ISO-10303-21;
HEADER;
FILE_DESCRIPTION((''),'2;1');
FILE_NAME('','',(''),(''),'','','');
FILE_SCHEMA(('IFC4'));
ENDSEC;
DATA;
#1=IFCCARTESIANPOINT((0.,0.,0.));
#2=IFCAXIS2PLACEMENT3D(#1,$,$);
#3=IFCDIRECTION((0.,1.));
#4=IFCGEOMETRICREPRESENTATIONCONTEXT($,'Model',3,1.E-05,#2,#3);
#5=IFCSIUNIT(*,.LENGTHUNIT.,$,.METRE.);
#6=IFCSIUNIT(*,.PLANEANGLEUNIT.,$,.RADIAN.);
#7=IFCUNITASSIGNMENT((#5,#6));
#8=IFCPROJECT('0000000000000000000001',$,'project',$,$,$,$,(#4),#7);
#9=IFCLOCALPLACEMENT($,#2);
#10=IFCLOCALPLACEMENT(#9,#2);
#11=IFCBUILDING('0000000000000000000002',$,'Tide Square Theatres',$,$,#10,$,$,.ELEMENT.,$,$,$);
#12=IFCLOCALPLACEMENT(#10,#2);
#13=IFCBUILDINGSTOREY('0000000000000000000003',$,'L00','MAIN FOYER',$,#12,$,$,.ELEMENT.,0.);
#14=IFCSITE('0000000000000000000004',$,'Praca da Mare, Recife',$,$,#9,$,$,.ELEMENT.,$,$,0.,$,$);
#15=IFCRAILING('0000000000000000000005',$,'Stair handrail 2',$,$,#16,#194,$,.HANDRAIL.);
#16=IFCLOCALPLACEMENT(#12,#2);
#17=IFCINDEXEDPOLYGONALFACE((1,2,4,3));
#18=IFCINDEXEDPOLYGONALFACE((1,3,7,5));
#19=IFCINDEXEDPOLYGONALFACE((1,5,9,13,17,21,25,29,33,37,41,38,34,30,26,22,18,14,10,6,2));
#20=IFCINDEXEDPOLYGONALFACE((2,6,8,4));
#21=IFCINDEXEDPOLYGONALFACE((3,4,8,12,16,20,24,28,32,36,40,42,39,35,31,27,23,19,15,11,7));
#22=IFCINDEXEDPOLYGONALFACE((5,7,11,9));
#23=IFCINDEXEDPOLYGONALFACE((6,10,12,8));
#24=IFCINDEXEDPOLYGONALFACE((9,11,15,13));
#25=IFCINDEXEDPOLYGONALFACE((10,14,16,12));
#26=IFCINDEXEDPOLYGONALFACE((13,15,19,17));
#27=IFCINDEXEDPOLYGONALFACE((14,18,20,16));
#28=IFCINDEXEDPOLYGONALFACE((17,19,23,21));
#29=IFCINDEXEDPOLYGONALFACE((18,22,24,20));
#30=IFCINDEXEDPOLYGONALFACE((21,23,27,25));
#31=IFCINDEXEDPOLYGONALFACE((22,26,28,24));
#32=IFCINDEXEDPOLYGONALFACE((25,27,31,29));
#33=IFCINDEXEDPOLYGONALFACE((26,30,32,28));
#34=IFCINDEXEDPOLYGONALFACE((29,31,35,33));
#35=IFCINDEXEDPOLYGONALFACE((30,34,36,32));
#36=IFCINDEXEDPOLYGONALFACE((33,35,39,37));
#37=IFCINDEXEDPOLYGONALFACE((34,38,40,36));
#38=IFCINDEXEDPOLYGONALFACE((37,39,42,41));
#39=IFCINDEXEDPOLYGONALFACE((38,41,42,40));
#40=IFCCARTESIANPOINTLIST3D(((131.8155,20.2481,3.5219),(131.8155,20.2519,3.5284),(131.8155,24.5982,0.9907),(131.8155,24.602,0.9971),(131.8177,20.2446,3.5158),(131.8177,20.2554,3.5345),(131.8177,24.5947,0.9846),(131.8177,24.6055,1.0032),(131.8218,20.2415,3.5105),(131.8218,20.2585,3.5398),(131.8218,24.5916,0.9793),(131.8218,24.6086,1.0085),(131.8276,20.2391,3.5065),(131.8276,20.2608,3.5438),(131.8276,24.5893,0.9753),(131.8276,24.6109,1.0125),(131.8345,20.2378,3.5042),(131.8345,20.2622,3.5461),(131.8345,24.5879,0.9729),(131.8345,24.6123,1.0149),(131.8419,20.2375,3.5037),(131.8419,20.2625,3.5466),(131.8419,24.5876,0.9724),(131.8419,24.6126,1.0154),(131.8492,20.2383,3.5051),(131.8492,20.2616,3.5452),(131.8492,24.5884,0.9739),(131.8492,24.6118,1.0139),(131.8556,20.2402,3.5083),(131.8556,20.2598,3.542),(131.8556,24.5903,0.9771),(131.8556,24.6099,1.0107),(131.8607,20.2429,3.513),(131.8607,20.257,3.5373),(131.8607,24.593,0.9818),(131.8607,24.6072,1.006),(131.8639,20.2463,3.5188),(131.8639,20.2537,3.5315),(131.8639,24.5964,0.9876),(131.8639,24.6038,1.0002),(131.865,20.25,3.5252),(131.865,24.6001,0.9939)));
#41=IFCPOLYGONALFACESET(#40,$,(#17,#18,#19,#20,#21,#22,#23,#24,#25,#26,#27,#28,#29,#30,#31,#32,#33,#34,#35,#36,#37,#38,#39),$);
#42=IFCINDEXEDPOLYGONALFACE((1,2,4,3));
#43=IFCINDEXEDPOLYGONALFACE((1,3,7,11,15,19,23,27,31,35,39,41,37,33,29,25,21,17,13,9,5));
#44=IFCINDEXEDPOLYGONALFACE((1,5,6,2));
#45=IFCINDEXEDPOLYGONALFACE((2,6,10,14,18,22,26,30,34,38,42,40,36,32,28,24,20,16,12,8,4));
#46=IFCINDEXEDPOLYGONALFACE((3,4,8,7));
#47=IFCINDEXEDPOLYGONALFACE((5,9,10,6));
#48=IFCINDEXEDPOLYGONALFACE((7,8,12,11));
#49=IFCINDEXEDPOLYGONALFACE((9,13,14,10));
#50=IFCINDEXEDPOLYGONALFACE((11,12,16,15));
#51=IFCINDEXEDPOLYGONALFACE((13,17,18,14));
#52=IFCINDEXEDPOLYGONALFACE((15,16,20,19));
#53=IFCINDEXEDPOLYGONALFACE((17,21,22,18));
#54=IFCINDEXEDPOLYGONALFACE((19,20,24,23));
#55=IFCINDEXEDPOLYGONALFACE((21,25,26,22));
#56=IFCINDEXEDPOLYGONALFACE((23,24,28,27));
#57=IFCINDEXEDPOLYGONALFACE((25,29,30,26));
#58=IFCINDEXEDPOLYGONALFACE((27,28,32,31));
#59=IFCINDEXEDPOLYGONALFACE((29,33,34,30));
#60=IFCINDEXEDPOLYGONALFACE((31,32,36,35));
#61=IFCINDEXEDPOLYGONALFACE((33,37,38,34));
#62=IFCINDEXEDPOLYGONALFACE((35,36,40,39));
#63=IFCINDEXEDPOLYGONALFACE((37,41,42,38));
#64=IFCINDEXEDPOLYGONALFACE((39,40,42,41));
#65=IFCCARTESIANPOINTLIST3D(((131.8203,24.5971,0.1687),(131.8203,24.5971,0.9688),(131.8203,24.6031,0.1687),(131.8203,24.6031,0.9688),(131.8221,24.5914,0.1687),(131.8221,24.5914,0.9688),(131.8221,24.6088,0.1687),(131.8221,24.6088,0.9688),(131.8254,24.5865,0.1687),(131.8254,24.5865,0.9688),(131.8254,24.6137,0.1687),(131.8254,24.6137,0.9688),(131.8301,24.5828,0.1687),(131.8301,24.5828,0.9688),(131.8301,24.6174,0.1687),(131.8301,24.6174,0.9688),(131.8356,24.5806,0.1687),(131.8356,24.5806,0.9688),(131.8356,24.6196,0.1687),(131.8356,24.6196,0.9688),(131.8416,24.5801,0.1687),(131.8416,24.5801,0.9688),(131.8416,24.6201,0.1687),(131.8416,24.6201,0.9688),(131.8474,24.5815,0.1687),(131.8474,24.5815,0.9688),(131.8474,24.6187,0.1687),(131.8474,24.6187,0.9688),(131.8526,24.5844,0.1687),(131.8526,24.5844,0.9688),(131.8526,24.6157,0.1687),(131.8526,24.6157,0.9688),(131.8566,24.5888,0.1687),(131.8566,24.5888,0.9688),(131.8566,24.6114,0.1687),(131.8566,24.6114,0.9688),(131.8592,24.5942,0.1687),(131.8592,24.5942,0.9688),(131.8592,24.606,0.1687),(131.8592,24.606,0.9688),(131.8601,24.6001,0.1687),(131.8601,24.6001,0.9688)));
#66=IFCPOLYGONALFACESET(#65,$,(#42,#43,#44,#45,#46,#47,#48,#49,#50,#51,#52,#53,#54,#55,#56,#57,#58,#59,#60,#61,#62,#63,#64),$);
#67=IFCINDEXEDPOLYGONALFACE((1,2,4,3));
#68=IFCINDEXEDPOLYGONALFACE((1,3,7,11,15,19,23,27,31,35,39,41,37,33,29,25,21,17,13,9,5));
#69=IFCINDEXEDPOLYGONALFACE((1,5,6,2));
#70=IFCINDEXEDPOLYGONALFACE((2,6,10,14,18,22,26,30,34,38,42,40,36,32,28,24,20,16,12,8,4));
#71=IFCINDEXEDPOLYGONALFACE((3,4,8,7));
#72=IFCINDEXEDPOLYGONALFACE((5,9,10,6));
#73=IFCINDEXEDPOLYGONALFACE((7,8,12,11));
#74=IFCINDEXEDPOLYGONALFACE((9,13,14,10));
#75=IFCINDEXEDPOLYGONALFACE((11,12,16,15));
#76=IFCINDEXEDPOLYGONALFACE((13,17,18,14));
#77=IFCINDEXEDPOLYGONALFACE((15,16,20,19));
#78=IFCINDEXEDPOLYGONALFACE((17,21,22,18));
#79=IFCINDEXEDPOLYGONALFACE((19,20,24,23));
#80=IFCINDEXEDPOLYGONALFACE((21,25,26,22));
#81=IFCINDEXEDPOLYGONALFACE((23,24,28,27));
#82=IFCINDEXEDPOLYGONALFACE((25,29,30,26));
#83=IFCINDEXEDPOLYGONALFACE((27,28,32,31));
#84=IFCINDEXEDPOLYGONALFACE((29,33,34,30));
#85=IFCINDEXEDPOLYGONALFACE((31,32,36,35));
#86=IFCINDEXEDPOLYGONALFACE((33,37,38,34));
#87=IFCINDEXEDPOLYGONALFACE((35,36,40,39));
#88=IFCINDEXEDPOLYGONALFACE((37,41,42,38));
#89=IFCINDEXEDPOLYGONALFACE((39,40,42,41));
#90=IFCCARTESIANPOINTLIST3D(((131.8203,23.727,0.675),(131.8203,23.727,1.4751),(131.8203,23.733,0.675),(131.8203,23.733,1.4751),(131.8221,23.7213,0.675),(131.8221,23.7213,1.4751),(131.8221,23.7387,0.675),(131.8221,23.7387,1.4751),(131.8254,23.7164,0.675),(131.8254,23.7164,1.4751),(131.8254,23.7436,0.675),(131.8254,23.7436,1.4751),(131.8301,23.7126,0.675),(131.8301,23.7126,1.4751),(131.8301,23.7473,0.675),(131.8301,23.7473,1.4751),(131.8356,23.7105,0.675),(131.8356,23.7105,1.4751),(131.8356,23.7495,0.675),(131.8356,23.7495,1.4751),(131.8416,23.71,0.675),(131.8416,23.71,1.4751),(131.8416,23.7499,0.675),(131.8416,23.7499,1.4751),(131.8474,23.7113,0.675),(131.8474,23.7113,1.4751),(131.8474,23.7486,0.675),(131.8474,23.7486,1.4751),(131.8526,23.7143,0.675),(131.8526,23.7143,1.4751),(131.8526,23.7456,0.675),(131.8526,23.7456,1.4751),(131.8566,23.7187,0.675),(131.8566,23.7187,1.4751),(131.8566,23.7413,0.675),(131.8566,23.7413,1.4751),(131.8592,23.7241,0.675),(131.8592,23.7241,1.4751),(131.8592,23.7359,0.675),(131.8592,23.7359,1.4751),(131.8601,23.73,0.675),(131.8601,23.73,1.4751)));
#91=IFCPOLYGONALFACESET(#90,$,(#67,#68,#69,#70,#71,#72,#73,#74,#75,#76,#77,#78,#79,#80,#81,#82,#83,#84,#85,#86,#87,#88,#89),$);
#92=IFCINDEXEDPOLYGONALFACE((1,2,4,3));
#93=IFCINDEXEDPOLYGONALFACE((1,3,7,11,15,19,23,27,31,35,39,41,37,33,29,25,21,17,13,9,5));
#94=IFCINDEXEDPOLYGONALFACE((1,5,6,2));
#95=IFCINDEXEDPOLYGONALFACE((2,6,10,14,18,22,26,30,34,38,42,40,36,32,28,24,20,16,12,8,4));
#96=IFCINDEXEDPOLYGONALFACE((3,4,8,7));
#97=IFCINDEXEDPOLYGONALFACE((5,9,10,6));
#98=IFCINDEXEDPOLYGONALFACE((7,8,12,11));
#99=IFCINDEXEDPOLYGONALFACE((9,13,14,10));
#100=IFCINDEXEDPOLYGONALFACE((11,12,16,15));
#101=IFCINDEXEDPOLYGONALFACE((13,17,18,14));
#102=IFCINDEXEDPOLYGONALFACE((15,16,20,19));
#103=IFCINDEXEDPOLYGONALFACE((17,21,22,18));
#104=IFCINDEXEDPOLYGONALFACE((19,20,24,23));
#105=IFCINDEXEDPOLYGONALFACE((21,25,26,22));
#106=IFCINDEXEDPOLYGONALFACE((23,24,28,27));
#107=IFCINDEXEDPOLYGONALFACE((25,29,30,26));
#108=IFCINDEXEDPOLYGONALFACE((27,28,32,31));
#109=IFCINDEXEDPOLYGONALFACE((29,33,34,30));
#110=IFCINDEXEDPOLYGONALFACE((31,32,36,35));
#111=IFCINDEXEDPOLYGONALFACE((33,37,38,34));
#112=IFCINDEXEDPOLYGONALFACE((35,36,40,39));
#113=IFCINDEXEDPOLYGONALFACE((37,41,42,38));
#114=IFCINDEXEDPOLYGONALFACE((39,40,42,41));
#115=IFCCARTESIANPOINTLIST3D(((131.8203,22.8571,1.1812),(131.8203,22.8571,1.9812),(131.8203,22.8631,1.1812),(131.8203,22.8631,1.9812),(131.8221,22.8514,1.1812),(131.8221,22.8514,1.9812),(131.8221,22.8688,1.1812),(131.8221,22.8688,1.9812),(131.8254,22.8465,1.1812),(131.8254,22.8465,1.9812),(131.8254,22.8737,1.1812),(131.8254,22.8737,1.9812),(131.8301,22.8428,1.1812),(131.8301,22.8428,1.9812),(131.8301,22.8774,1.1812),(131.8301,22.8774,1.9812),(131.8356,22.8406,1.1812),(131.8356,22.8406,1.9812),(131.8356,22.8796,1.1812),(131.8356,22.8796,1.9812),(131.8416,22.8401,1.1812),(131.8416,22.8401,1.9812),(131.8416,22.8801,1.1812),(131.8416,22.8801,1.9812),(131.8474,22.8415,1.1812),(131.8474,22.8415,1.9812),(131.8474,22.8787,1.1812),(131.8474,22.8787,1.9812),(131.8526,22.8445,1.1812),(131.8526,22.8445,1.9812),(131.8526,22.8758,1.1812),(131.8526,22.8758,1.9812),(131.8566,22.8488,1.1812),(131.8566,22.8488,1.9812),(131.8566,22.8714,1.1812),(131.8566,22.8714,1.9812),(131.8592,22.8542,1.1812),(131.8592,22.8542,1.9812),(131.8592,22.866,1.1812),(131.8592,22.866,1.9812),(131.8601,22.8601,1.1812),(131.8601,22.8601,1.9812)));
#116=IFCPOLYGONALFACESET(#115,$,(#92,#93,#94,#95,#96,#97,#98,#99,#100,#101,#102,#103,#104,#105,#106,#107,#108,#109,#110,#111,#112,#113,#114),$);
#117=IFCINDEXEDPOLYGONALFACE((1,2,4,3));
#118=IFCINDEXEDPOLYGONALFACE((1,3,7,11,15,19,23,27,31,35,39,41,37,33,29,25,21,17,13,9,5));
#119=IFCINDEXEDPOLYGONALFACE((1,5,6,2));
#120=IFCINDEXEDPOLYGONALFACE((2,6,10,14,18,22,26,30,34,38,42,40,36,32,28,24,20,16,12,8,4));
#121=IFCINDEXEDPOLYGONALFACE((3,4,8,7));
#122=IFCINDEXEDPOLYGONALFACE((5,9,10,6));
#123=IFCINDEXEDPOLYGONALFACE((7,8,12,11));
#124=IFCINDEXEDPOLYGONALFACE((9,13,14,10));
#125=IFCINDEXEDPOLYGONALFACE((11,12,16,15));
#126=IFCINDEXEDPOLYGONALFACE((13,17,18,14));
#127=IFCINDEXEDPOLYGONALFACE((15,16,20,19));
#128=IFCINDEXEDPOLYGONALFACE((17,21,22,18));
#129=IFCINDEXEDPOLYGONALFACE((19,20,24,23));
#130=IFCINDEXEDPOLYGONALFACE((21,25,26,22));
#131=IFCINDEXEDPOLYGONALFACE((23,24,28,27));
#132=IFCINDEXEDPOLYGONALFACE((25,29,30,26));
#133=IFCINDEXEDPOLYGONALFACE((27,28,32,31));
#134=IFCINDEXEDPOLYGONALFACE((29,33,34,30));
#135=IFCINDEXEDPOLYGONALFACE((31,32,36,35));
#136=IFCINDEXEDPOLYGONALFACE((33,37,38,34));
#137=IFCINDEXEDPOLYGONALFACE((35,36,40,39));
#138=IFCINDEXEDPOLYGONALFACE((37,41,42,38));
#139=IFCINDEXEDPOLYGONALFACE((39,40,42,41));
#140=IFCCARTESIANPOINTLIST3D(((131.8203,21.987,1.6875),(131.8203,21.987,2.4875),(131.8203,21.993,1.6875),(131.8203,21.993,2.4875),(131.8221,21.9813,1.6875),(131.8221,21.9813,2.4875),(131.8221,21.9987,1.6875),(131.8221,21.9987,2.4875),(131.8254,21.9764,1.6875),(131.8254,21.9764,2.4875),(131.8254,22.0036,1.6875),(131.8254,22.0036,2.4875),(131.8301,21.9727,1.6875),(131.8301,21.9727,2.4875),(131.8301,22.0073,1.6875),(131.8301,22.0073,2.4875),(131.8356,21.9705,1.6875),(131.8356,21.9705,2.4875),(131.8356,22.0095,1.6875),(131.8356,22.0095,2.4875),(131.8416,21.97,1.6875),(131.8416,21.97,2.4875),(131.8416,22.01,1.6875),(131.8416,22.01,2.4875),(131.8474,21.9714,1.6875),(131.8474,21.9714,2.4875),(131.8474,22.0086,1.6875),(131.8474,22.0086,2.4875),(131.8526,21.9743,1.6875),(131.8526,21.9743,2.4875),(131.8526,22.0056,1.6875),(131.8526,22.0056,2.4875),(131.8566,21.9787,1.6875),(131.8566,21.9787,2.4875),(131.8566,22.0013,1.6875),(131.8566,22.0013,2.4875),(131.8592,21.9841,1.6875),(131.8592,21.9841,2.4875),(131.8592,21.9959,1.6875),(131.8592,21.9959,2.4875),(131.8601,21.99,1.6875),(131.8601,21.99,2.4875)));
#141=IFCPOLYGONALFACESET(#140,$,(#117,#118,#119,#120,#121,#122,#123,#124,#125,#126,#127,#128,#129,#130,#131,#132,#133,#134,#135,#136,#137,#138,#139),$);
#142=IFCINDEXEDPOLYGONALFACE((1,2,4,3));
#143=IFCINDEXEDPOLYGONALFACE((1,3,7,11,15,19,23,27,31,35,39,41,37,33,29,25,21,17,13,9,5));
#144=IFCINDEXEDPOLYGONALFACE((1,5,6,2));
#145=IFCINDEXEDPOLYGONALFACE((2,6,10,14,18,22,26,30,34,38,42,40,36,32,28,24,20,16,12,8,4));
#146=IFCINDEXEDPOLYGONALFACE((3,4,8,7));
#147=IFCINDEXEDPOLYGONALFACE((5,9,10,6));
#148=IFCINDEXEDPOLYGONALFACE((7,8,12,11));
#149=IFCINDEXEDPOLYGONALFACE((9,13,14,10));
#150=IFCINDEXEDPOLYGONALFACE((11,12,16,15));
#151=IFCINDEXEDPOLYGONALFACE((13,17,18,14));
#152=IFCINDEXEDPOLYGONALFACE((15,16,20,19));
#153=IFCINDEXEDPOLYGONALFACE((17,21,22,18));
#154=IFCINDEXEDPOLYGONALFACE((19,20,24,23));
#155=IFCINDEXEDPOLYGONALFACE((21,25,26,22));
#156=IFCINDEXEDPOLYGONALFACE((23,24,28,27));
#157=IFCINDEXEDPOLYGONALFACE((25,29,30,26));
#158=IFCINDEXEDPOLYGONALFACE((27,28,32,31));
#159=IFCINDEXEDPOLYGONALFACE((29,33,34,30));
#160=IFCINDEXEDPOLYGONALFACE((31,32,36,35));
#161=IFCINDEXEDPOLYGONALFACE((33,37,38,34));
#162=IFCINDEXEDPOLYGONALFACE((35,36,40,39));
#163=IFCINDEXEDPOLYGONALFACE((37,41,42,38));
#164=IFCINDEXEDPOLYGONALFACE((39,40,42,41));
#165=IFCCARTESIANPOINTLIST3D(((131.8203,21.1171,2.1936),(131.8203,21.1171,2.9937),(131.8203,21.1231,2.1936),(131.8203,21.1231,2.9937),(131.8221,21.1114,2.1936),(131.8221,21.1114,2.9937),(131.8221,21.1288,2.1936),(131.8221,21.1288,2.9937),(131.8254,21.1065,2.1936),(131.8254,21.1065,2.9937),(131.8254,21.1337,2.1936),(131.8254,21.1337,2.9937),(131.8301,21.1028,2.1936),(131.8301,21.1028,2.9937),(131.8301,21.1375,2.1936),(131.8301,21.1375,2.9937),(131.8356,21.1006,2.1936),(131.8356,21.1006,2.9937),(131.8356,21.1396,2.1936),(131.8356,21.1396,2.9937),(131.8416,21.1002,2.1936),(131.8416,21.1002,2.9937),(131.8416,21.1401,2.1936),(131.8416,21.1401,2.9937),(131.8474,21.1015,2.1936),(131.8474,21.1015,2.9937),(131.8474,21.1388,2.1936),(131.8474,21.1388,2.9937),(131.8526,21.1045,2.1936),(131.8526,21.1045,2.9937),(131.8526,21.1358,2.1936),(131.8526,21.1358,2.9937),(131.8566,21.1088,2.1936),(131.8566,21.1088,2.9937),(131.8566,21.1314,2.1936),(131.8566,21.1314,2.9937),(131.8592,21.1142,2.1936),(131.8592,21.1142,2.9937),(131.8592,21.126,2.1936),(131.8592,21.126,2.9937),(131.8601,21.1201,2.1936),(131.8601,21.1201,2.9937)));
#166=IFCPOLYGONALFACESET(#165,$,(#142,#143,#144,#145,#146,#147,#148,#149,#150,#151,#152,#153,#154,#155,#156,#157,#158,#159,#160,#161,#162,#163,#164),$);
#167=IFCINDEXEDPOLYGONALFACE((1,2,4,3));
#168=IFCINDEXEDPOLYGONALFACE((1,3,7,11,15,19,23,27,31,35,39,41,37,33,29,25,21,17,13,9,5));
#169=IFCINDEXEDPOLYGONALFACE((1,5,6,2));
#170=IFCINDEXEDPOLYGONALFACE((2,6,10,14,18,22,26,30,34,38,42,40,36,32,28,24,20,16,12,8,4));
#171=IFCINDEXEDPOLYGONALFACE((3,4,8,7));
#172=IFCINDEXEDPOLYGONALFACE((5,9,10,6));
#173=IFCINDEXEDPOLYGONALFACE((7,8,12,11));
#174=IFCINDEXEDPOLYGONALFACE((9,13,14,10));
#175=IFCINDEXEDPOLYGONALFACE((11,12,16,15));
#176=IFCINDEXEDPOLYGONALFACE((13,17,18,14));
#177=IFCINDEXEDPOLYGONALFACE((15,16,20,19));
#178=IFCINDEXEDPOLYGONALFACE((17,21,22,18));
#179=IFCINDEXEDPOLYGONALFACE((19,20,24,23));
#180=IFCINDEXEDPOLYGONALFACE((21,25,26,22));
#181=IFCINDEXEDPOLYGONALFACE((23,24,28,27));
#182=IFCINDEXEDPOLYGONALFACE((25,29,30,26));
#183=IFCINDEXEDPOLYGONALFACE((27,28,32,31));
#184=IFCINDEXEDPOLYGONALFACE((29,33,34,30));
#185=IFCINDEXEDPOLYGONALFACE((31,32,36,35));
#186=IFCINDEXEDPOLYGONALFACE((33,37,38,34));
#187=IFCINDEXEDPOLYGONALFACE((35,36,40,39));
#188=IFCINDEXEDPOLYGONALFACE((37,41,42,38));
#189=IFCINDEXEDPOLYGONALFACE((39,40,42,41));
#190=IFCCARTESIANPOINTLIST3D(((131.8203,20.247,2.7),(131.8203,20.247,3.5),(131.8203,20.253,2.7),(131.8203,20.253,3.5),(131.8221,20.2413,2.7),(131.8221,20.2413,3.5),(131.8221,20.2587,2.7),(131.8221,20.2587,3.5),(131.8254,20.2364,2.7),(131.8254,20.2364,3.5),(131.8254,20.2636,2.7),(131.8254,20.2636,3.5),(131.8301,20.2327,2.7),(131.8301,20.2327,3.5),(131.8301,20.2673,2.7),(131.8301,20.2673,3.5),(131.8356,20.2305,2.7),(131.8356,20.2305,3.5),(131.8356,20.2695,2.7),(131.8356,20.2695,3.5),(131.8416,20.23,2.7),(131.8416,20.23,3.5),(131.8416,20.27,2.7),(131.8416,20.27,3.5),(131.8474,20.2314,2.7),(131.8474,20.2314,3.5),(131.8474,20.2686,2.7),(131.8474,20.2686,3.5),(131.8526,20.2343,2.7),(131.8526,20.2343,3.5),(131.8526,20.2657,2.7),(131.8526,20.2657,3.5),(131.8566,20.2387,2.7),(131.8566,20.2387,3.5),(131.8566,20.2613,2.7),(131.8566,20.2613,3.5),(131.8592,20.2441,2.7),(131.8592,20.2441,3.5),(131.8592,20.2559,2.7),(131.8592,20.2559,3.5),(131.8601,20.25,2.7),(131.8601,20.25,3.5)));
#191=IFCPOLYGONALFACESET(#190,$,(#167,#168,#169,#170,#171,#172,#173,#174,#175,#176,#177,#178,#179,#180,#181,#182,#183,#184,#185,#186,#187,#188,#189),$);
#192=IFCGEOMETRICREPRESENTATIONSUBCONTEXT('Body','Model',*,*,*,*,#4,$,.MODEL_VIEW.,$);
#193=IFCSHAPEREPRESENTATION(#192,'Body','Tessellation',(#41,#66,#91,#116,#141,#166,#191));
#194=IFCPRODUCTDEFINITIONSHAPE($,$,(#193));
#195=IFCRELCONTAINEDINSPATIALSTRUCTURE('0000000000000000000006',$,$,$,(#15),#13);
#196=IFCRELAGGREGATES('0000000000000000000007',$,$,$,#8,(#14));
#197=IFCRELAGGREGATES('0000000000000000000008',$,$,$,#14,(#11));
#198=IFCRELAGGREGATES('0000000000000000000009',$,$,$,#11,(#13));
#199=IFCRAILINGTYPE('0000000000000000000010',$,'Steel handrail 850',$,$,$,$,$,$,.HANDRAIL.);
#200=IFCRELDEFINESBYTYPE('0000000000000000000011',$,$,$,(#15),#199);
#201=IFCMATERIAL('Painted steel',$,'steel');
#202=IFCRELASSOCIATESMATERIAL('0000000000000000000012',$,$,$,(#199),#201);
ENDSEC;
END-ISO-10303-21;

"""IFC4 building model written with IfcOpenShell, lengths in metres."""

from ifc_helpers import new_model, si_unit, direction, frame, origin, origin_2d, place, context, subcontext, project, spatial, circle, extrude, material, type_object, element, save


model = new_model("IFC4")

# Units and contexts
model_context = context("Model", 3, precision=1e-05, world=origin(), true_north=direction((0.0, 1.0)))
body_context = subcontext(model_context, "Body", "Model", "MODEL_VIEW")
ifc_project = project(units=[si_unit("LENGTHUNIT", "METRE"), si_unit("PLANEANGLEUNIT", "RADIAN")], contexts=[model_context])

# Site, building, storey
site_placement = place(None, origin())
site = spatial("IfcSite", under=ifc_project, at=site_placement, Name="Praca da Mare, Recife", CompositionType="ELEMENT", RefElevation=0.0)
building_placement = place(site_placement, origin())
building = spatial("IfcBuilding", under=site, at=building_placement, Name="Tide Square Theatres", CompositionType="ELEMENT")
storey_placement = place(building_placement, origin())
storey = spatial("IfcBuildingStorey", under=building, at=storey_placement, Name="L00", Description="MAIN FOYER", CompositionType="ELEMENT", Elevation=0.0)

# Railing
ifc_material_1 = material(Name="Painted steel", Category="steel")
railing_type = type_object("IfcRailingType", Name="Steel handrail 850", PredefinedType="HANDRAIL", material=ifc_material_1)
for number, where, name in (
    (1, (131.8401, 24.6001, 0.1687), "Stair handrail 2"),
):
    element("IfcRailing", number, at=place(storey_placement, frame(where)), inside=storey, type_object=railing_type, Name=name, PredefinedType="HANDRAIL", context=body_context, shape_type="SweptSolid", body=[
        extrude(circle(Radius=0.0249, at=origin_2d()), frame((0.0, 0.0, 0.8252), z_axis=(0.0, -0.864324, 0.502936), x_axis=(1.0, 0.0, 0.0)), (0.0, 0.0, 1.0), 5.033),
        extrude(circle(Radius=0.02, at=origin_2d()), origin(), (0.0, 0.0, 1.0), 0.8),
        extrude(circle(Radius=0.02, at=origin_2d()), frame((0.0, -0.8701, 0.5063)), (0.0, 0.0, 1.0), 0.8),
        extrude(circle(Radius=0.02, at=origin_2d()), frame((0.0, -1.74, 1.0125)), (0.0, 0.0, 1.0), 0.8),
        extrude(circle(Radius=0.02, at=origin_2d()), frame((0.0, -2.6101, 1.5188)), (0.0, 0.0, 1.0), 0.8),
        extrude(circle(Radius=0.02, at=origin_2d()), frame((0.0, -3.48, 2.0249)), (0.0, 0.0, 1.0), 0.8),
        extrude(circle(Radius=0.02, at=origin_2d()), frame((0.0, -4.3501, 2.5312)), (0.0, 0.0, 1.0), 0.8),
    ])

save(model, "model.ifc")
